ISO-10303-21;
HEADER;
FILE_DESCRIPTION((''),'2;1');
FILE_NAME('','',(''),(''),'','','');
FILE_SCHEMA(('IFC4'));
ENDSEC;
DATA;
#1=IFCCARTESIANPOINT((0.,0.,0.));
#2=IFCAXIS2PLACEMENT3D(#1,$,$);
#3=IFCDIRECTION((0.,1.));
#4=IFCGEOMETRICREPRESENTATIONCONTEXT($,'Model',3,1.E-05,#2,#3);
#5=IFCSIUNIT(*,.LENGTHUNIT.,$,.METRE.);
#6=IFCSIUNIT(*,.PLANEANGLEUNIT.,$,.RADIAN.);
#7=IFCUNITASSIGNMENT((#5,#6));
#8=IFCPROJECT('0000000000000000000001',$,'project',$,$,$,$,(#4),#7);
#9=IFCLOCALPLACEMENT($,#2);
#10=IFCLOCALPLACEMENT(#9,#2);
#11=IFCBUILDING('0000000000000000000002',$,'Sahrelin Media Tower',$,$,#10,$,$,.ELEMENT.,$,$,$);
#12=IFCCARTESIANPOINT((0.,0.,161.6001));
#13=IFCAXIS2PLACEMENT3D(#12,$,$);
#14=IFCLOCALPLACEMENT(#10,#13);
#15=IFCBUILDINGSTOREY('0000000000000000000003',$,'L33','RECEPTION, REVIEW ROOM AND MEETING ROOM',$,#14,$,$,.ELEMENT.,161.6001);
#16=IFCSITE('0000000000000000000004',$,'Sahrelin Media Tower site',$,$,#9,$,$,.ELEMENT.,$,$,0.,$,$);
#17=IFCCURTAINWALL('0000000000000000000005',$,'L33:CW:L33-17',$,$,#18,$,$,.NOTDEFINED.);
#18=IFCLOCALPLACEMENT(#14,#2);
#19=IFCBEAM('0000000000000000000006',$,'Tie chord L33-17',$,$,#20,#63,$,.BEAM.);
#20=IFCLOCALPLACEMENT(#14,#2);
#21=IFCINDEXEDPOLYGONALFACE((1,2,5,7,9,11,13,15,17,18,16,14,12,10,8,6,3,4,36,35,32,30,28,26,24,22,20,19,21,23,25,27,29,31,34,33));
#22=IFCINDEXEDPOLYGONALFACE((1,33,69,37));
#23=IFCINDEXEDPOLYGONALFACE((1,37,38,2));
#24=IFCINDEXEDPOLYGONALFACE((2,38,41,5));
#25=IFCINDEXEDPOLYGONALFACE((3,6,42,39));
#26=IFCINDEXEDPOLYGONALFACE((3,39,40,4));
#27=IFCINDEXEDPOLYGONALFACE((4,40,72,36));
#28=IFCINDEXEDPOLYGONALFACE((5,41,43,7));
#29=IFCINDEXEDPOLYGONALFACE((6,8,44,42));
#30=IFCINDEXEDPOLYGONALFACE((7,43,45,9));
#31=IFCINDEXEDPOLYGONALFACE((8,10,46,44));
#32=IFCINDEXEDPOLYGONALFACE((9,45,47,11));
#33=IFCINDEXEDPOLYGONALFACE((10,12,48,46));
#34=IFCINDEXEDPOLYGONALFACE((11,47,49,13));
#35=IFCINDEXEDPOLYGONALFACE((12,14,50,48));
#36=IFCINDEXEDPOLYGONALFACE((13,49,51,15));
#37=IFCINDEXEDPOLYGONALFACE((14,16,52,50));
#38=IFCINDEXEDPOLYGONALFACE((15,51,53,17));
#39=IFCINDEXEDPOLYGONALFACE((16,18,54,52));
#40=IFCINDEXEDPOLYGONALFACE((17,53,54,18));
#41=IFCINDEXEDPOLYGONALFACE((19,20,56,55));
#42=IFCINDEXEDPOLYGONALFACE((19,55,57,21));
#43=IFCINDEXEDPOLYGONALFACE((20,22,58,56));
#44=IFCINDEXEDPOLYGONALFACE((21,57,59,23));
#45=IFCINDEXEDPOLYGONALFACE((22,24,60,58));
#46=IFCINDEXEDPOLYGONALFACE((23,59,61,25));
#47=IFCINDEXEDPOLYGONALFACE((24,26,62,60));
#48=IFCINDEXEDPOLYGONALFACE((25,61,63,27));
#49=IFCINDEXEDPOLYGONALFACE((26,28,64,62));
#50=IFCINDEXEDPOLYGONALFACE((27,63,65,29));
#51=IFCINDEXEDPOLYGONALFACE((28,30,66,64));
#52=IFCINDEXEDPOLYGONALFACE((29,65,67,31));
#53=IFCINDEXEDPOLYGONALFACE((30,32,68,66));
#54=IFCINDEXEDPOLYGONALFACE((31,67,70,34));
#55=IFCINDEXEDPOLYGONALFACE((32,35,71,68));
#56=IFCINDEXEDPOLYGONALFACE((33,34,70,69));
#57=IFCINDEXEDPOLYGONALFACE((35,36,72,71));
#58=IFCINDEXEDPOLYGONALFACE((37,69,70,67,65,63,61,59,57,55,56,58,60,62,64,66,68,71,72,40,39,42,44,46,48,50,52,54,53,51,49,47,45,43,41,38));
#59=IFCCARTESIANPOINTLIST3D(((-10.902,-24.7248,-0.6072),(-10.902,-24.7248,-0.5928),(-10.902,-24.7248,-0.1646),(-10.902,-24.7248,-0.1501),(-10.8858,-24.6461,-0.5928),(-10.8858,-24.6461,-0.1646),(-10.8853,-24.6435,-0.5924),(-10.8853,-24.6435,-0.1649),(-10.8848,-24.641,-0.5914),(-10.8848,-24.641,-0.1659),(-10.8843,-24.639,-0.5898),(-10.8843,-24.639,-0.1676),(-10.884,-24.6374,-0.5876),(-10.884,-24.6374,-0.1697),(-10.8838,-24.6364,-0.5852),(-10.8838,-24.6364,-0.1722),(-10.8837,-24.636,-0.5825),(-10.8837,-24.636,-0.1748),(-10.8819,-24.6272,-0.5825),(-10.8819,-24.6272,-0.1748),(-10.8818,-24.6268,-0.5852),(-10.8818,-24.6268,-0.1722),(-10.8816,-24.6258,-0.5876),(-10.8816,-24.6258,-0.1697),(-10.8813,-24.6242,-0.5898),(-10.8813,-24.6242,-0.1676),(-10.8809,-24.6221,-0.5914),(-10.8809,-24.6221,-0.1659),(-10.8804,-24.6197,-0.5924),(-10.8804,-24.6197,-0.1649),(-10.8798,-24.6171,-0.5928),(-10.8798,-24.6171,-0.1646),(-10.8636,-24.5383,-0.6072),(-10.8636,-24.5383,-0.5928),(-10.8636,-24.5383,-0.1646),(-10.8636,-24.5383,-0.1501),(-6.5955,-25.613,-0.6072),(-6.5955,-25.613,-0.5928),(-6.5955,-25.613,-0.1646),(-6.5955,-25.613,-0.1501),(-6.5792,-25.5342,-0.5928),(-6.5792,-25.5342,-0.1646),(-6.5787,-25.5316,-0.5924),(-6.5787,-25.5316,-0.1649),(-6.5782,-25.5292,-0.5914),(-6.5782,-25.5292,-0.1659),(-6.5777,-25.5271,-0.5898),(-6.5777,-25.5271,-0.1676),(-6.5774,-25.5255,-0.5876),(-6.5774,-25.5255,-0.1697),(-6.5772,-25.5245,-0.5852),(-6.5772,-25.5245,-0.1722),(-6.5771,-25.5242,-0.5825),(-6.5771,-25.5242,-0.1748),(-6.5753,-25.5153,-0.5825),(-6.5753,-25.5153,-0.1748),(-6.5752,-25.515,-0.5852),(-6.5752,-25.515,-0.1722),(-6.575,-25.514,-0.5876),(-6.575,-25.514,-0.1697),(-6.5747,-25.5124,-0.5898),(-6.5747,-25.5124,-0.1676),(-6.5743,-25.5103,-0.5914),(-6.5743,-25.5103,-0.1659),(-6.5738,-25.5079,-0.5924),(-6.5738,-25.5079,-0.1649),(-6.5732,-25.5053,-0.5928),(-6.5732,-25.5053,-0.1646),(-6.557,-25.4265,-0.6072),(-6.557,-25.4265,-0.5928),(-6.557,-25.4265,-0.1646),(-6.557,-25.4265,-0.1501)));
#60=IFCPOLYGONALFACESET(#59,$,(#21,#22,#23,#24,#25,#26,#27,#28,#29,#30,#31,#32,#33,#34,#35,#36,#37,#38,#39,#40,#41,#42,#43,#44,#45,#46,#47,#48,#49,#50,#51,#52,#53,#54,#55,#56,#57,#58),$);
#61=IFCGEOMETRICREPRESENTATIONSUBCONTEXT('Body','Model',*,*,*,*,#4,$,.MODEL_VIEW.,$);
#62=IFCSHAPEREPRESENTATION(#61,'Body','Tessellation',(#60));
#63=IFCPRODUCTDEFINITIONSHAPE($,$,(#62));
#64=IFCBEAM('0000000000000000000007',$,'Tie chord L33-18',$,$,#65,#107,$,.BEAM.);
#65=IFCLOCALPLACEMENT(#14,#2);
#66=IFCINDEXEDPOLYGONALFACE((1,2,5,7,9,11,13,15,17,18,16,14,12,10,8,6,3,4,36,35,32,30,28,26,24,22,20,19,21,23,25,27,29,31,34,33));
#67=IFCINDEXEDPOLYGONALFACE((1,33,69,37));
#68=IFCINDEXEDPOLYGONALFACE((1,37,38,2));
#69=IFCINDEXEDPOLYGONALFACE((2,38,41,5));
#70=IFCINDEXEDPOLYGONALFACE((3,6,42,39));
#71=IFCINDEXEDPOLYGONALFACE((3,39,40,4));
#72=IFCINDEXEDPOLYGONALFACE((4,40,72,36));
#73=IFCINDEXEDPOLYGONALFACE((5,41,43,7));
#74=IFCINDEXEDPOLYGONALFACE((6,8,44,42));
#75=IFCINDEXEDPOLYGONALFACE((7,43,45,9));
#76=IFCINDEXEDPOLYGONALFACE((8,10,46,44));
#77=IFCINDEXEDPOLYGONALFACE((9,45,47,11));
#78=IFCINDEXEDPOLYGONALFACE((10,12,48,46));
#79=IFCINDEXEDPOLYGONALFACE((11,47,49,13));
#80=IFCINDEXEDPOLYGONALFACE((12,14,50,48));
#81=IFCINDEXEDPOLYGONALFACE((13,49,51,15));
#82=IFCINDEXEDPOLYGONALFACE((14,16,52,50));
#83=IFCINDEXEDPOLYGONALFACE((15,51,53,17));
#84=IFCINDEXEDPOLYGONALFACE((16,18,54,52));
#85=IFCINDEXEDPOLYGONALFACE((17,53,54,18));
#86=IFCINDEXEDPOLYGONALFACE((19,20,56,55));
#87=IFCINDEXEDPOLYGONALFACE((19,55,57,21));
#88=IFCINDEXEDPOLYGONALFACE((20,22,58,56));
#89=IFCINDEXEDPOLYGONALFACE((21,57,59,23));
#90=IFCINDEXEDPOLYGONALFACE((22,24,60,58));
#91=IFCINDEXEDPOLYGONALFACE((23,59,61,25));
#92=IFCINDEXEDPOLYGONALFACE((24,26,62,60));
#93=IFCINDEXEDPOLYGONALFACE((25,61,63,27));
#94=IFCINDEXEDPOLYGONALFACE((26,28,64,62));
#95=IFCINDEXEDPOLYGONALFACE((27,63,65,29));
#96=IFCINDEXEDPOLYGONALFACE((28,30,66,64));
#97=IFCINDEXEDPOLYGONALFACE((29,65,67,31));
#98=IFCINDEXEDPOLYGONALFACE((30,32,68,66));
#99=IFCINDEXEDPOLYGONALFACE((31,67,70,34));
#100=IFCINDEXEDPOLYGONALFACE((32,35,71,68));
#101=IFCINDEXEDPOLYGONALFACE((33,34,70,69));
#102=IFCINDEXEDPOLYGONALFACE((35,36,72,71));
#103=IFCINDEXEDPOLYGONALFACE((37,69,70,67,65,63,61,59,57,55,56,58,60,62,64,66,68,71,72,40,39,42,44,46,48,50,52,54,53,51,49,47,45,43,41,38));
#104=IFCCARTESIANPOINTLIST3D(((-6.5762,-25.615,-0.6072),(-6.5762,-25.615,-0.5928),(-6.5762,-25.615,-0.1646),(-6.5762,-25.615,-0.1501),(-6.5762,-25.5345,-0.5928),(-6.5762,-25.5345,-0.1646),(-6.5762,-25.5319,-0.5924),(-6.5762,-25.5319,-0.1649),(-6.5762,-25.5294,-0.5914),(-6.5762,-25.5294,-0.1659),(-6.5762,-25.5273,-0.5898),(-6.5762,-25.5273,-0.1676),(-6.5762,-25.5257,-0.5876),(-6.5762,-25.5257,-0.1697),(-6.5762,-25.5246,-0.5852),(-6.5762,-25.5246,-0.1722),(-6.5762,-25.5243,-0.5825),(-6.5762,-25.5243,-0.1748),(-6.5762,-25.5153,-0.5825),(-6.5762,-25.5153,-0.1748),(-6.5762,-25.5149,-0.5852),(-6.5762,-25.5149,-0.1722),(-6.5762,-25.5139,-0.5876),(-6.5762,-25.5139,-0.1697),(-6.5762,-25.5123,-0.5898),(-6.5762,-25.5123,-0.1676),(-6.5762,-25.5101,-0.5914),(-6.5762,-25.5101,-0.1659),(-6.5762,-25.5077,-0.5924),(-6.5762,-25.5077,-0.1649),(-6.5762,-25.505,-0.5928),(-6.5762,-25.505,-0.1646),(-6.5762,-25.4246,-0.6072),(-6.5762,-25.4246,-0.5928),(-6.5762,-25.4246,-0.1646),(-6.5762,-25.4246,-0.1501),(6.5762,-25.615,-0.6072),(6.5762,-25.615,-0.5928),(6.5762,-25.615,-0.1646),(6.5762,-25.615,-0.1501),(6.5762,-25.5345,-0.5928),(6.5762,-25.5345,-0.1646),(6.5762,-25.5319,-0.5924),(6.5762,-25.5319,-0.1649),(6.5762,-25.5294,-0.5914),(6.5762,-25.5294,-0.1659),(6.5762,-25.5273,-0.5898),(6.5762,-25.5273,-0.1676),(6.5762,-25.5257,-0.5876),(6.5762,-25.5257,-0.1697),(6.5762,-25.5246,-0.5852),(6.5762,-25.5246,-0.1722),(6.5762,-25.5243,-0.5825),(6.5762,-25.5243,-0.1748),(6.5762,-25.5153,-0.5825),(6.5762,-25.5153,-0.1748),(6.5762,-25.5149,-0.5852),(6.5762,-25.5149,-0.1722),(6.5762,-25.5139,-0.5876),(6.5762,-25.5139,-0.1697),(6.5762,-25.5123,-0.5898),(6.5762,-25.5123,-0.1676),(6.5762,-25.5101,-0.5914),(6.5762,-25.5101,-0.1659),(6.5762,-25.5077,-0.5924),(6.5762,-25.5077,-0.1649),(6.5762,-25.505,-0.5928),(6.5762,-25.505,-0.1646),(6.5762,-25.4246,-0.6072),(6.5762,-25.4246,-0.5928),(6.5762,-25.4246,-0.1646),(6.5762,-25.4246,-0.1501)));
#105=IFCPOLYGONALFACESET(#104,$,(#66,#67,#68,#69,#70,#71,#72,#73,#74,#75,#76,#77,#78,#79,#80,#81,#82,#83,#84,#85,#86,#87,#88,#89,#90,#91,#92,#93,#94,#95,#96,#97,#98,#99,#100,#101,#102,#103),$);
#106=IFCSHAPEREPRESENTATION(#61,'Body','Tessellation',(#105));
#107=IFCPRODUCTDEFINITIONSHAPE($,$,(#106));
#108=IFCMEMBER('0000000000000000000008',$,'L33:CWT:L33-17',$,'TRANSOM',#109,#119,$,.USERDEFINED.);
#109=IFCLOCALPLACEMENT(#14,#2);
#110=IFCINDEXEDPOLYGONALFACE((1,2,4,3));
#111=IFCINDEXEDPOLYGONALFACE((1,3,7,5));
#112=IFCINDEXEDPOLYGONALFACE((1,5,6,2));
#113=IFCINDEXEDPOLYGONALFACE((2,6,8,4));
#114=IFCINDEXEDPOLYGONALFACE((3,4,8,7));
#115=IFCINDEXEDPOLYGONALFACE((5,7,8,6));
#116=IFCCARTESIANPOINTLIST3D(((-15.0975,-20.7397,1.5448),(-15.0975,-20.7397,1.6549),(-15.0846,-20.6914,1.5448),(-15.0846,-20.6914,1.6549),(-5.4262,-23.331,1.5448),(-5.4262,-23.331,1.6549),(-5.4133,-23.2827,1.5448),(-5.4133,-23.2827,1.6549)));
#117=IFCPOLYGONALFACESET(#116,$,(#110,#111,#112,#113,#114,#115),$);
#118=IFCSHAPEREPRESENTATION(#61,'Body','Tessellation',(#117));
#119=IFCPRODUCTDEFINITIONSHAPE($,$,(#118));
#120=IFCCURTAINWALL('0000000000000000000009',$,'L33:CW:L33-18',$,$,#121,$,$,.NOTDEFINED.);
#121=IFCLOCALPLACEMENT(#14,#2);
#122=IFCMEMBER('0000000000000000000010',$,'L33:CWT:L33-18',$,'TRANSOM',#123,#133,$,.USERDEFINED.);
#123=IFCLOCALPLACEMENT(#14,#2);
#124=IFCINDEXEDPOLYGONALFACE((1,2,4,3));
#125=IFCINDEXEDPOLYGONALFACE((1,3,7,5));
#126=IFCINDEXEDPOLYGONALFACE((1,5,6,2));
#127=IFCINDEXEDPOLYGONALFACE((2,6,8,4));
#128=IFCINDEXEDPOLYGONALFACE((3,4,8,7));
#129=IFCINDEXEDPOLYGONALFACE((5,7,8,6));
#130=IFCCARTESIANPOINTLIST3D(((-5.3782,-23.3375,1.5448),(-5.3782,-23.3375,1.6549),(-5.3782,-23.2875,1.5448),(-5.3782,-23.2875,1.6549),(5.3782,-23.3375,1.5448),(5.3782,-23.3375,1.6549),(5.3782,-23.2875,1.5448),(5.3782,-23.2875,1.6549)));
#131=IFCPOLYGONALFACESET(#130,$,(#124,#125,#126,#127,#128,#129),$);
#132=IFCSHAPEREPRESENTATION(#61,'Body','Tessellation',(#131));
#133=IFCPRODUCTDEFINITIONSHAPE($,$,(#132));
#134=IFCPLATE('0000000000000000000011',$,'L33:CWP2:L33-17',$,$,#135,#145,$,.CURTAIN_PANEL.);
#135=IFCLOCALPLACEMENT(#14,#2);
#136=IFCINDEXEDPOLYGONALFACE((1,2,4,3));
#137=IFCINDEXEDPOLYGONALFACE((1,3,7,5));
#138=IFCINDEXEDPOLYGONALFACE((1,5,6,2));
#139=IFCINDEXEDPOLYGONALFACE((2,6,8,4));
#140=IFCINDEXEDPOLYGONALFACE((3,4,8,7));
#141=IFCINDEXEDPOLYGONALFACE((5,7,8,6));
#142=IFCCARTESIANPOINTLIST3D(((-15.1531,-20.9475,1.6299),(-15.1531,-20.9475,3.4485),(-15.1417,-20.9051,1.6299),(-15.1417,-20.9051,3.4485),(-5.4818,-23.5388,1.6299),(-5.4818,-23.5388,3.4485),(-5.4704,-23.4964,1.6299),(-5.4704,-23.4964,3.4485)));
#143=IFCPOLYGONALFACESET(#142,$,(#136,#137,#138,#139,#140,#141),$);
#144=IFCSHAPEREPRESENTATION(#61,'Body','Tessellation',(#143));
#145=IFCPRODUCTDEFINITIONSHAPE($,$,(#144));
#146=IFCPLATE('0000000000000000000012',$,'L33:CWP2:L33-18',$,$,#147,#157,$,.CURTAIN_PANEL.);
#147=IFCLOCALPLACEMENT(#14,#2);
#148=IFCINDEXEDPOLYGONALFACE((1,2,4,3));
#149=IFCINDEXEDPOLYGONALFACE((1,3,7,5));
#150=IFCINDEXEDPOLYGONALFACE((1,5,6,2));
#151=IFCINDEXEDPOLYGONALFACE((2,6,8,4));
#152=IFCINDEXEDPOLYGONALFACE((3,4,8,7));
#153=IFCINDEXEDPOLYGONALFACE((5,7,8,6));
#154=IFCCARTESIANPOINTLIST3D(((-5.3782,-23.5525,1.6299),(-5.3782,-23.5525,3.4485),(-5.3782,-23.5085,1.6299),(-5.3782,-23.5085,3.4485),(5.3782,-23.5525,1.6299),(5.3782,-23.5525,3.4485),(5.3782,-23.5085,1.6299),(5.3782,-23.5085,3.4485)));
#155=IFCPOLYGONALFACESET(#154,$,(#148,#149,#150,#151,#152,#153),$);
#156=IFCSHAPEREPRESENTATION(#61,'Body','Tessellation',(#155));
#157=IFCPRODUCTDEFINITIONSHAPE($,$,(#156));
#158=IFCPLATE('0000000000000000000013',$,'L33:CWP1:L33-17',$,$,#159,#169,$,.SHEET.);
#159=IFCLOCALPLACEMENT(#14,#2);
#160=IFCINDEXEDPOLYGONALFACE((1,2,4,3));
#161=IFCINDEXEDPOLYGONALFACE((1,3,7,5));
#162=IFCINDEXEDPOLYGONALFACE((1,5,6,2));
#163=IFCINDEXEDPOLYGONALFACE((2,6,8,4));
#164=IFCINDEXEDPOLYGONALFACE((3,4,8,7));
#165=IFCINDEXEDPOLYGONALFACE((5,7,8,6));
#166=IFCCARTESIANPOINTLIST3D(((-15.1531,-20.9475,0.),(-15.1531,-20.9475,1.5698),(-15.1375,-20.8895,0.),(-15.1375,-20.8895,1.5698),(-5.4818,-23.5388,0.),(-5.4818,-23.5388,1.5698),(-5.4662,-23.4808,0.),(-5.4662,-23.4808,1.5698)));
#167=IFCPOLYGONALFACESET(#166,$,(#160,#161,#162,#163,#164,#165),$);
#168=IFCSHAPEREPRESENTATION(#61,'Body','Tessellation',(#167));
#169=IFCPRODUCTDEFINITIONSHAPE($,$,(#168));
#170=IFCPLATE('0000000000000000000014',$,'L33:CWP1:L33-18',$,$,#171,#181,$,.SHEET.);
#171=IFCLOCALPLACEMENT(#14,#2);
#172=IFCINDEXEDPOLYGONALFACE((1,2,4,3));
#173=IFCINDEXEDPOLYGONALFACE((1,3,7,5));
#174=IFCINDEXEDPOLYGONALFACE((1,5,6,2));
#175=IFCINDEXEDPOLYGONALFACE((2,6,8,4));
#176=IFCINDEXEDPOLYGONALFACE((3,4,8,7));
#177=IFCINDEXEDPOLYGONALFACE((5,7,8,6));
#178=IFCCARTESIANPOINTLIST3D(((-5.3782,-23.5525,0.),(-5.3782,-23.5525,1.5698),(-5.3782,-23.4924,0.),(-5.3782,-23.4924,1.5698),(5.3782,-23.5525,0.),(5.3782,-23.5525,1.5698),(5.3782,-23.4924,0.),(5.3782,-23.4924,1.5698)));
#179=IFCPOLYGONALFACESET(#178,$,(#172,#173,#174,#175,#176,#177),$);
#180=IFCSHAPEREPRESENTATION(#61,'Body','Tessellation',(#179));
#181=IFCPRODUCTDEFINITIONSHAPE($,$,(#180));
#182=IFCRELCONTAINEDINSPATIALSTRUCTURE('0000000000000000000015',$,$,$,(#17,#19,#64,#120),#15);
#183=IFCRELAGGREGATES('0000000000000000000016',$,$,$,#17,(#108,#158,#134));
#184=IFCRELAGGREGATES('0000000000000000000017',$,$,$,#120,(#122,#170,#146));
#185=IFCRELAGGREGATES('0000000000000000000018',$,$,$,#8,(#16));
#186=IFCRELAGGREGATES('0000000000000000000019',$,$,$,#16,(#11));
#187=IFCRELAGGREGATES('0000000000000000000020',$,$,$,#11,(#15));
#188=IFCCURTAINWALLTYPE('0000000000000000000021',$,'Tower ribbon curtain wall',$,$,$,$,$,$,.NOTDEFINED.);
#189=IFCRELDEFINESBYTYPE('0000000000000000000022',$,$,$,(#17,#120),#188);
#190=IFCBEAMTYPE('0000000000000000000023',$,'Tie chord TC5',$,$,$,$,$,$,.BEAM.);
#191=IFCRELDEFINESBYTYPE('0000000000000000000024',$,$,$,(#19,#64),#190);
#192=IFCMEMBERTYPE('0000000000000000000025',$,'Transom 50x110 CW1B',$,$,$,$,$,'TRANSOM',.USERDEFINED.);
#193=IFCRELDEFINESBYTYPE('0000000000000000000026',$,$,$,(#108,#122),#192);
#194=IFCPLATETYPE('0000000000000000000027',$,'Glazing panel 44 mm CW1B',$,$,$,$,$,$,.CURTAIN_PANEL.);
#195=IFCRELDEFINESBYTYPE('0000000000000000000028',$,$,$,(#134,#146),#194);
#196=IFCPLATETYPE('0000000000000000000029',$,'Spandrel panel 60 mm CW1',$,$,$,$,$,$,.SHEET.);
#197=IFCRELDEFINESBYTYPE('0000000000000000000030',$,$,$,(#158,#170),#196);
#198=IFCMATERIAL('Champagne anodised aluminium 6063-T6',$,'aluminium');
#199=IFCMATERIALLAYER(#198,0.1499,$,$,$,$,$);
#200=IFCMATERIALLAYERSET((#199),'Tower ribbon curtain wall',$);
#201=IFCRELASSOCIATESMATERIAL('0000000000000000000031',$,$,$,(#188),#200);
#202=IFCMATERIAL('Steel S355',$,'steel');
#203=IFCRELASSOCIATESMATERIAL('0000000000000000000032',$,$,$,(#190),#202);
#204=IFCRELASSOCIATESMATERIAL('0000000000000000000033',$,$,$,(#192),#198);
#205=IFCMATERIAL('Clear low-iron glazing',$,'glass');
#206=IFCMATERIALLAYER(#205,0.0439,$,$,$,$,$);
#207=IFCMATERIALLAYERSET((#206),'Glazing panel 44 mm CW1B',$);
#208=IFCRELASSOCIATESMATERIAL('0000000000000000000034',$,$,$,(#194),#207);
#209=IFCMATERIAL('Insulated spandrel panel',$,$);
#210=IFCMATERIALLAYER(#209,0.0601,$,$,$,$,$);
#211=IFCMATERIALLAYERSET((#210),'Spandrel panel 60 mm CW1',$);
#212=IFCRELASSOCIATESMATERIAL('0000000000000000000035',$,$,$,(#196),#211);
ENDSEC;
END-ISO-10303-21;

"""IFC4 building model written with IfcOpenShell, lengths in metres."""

from ifc_helpers import new_model, si_unit, direction, frame, origin, origin_2d, place, context, subcontext, project, spatial, polyline, rectangle, i_section, outline, extrude, material, layer, layer_set, material_profile, profile_set, type_object, element, aggregate, save


model = new_model("IFC4")

# Units and contexts
model_context = context("Model", 3, precision=1e-05, world=origin(), true_north=direction((0.0, 1.0)))
body_context = subcontext(model_context, "Body", "Model", "MODEL_VIEW")
ifc_project = project(units=[si_unit("LENGTHUNIT", "METRE"), si_unit("PLANEANGLEUNIT", "RADIAN")], contexts=[model_context])

# Site, building, storey
site_placement = place(None, origin())
site = spatial("IfcSite", under=ifc_project, at=site_placement, Name="Sahrelin Media Tower site", CompositionType="ELEMENT", RefElevation=0.0)
building_placement = place(site_placement, origin())
building = spatial("IfcBuilding", under=site, at=building_placement, Name="Sahrelin Media Tower", CompositionType="ELEMENT")
storey_placement = place(building_placement, frame((0.0, 0.0, 161.6001)))
storey = spatial("IfcBuildingStorey", under=building, at=storey_placement, Name="L33", Description="RECEPTION, REVIEW ROOM AND MEETING ROOM", CompositionType="ELEMENT", Elevation=161.6001)

# Shared definitions
ifc_material_1 = material(Name="Steel S355", Category="steel")

# Curtain wall
ifc_material_2 = material(Name="Champagne anodised aluminium 6063-T6", Category="aluminium")
ifc_layer_1 = layer(ifc_material_2, 0.1499)
ifc_layer_set_1 = layer_set([ifc_layer_1], Name="Tower ribbon curtain wall")
curtain_wall_type = type_object("IfcCurtainWallType", Name="Tower ribbon curtain wall", PredefinedType="NOTDEFINED", material=ifc_layer_set_1)
curtain_wall_1_placement = place(storey_placement, frame((-10.3123, -22.2236, 0.0), z_axis=(0.0, 0.0, 1.0), x_axis=(1.0, 0.0, 0.0)))
curtain_wall_1 = element("IfcCurtainWall", 1, at=curtain_wall_1_placement, inside=storey, type_object=curtain_wall_type, Name="L33:CW:L33-17", PredefinedType="NOTDEFINED")

# Beams
ifc_material_profile_1 = material_profile(ifc_material_1, i_section(OverallWidth=0.1904, OverallDepth=0.457, WebThickness=0.009, FlangeThickness=0.0144, FilletRadius=0.0103, at=origin_2d()), Name="UB 457x191x74")
ifc_profile_set_1 = profile_set([ifc_material_profile_1], Name="Steel S355")
beam_type_1 = type_object("IfcBeamType", Name="Tie chord TC5", PredefinedType="BEAM", material=ifc_profile_set_1)
beam_1_placement = place(storey_placement, frame((-10.8828, -24.6316, -0.3787), z_axis=(0.979389, -0.201985, 0.0), x_axis=(0.201985, 0.979389, 0.0)))
element("IfcBeam", 2, at=beam_1_placement, inside=storey, type_object=beam_type_1, Name="Tie chord L33-17", PredefinedType="BEAM", context=body_context, shape_type="SweptSolid", body=[
    extrude(i_section(OverallWidth=0.1904, OverallDepth=0.457, WebThickness=0.009, FlangeThickness=0.0144, FilletRadius=0.0103, at=origin_2d()), origin(), (0.0, 0.0, 1.0), 4.3972),
])
beam_2_placement = place(storey_placement, frame((-6.5762, -25.5198, -0.3787), z_axis=(1.0, 0.0, 0.0), x_axis=(0.0, 1.0, 0.0)))
element("IfcBeam", 3, at=beam_2_placement, inside=storey, type_object=beam_type_1, Name="Tie chord L33-18", PredefinedType="BEAM", context=body_context, shape_type="SweptSolid", body=[
    extrude(i_section(OverallWidth=0.1904, OverallDepth=0.457, WebThickness=0.009, FlangeThickness=0.0144, FilletRadius=0.0103, at=origin_2d()), origin(), (0.0, 0.0, 1.0), 13.1523),
])

# Member
ifc_material_profile_2 = material_profile(ifc_material_2, rectangle(XDim=0.05, YDim=0.1101, at=origin_2d()), Name="Transom 50x110")
ifc_profile_set_2 = profile_set([ifc_material_profile_2], Name="Champagne anodised aluminium 6063-T6")
member_type_1 = type_object("IfcMemberType", Name="Transom 50x110 CW1B", ElementType="TRANSOM", PredefinedType="USERDEFINED", material=ifc_profile_set_2)
member_1_placement = place(storey_placement, frame((-15.0911, -20.7156, 1.5999), z_axis=(0.965929, -0.258807, 0.0), x_axis=(0.258807, 0.965929, 0.0)))
member_1 = element("IfcMember", 4, at=member_1_placement, type_object=member_type_1, Name="L33:CWT:L33-17", ObjectType="TRANSOM", PredefinedType="USERDEFINED", context=body_context, shape_type="SweptSolid", body=[
    extrude(rectangle(XDim=0.05, YDim=0.1101, at=origin_2d()), origin(), (0.0, 0.0, 1.0), 10.0125),
])

# Curtain wall, member
curtain_wall_2_placement = place(storey_placement, frame((0.0, -23.5325, 0.0), z_axis=(0.0, 0.0, 1.0), x_axis=(1.0, 0.0, 0.0)))
curtain_wall_2 = element("IfcCurtainWall", 5, at=curtain_wall_2_placement, inside=storey, type_object=curtain_wall_type, Name="L33:CW:L33-18", PredefinedType="NOTDEFINED")
member_2_placement = place(storey_placement, frame((-5.3782, -23.3125, 1.5999), z_axis=(1.0, 0.0, 0.0), x_axis=(0.0, 1.0, 0.0)))
member_2 = element("IfcMember", 6, at=member_2_placement, type_object=member_type_1, Name="L33:CWT:L33-18", ObjectType="TRANSOM", PredefinedType="USERDEFINED", context=body_context, shape_type="SweptSolid", body=[
    extrude(rectangle(XDim=0.05, YDim=0.1101, at=origin_2d()), origin(), (0.0, 0.0, 1.0), 10.7563),
])

# Plates
ifc_material_3 = material(Name="Clear low-iron glazing", Category="glass")
ifc_layer_2 = layer(ifc_material_3, 0.0439)
ifc_layer_set_2 = layer_set([ifc_layer_2], Name="Glazing panel 44 mm CW1B")
plate_type_1 = type_object("IfcPlateType", Name="Glazing panel 44 mm CW1B", PredefinedType="CURTAIN_PANEL", material=ifc_layer_set_2)
plate_1_placement = place(storey_placement, frame((-15.1531, -20.9475, 1.6299), z_axis=(-0.258807, -0.965929, 0.0), x_axis=(0.965929, -0.258807, 0.0)))
plate_1 = element("IfcPlate", 7, at=plate_1_placement, type_object=plate_type_1, Name="L33:CWP2:L33-17", PredefinedType="CURTAIN_PANEL", context=body_context, shape_type="SweptSolid", body=[
    extrude(outline(polyline([(0.0, 0.0), (10.0125, 0.0), (10.0125, 1.8186), (0.0, 1.8186), (0.0, 0.0)])), origin(), (0.0, 0.0, -1.0), 0.0439),
])
plate_2_placement = place(storey_placement, frame((-5.3782, -23.5525, 1.6299), z_axis=(0.0, -1.0, 0.0), x_axis=(1.0, 0.0, 0.0)))
plate_2 = element("IfcPlate", 8, at=plate_2_placement, type_object=plate_type_1, Name="L33:CWP2:L33-18", PredefinedType="CURTAIN_PANEL", context=body_context, shape_type="SweptSolid", body=[
    extrude(outline(polyline([(0.0, 0.0), (10.7563, 0.0), (10.7563, 1.8186), (0.0, 1.8186), (0.0, 0.0)])), origin(), (0.0, 0.0, -1.0), 0.0439),
])
ifc_material_4 = material(Name="Insulated spandrel panel")
ifc_layer_3 = layer(ifc_material_4, 0.0601)
ifc_layer_set_3 = layer_set([ifc_layer_3], Name="Spandrel panel 60 mm CW1")
plate_type_2 = type_object("IfcPlateType", Name="Spandrel panel 60 mm CW1", PredefinedType="SHEET", material=ifc_layer_set_3)
plate_3_placement = place(storey_placement, frame((-15.1531, -20.9475, 0.0), z_axis=(-0.258807, -0.965929, 0.0), x_axis=(0.965929, -0.258807, 0.0)))
plate_3 = element("IfcPlate", 9, at=plate_3_placement, type_object=plate_type_2, Name="L33:CWP1:L33-17", PredefinedType="SHEET", context=body_context, shape_type="SweptSolid", body=[
    extrude(outline(polyline([(0.0, 0.0), (10.0125, 0.0), (10.0125, 1.5698), (0.0, 1.5698), (0.0, 0.0)])), origin(), (0.0, 0.0, -1.0), 0.0601),
])
aggregate(curtain_wall_1, [member_1, plate_3, plate_1])
plate_4_placement = place(storey_placement, frame((-5.3782, -23.5525, 0.0), z_axis=(0.0, -1.0, 0.0), x_axis=(1.0, 0.0, 0.0)))
plate_4 = element("IfcPlate", 10, at=plate_4_placement, type_object=plate_type_2, Name="L33:CWP1:L33-18", PredefinedType="SHEET", context=body_context, shape_type="SweptSolid", body=[
    extrude(outline(polyline([(0.0, 0.0), (10.7563, 0.0), (10.7563, 1.5698), (0.0, 1.5698), (0.0, 0.0)])), origin(), (0.0, 0.0, -1.0), 0.0601),
])
aggregate(curtain_wall_2, [member_2, plate_4, plate_2])

save(model, "model.ifc")
